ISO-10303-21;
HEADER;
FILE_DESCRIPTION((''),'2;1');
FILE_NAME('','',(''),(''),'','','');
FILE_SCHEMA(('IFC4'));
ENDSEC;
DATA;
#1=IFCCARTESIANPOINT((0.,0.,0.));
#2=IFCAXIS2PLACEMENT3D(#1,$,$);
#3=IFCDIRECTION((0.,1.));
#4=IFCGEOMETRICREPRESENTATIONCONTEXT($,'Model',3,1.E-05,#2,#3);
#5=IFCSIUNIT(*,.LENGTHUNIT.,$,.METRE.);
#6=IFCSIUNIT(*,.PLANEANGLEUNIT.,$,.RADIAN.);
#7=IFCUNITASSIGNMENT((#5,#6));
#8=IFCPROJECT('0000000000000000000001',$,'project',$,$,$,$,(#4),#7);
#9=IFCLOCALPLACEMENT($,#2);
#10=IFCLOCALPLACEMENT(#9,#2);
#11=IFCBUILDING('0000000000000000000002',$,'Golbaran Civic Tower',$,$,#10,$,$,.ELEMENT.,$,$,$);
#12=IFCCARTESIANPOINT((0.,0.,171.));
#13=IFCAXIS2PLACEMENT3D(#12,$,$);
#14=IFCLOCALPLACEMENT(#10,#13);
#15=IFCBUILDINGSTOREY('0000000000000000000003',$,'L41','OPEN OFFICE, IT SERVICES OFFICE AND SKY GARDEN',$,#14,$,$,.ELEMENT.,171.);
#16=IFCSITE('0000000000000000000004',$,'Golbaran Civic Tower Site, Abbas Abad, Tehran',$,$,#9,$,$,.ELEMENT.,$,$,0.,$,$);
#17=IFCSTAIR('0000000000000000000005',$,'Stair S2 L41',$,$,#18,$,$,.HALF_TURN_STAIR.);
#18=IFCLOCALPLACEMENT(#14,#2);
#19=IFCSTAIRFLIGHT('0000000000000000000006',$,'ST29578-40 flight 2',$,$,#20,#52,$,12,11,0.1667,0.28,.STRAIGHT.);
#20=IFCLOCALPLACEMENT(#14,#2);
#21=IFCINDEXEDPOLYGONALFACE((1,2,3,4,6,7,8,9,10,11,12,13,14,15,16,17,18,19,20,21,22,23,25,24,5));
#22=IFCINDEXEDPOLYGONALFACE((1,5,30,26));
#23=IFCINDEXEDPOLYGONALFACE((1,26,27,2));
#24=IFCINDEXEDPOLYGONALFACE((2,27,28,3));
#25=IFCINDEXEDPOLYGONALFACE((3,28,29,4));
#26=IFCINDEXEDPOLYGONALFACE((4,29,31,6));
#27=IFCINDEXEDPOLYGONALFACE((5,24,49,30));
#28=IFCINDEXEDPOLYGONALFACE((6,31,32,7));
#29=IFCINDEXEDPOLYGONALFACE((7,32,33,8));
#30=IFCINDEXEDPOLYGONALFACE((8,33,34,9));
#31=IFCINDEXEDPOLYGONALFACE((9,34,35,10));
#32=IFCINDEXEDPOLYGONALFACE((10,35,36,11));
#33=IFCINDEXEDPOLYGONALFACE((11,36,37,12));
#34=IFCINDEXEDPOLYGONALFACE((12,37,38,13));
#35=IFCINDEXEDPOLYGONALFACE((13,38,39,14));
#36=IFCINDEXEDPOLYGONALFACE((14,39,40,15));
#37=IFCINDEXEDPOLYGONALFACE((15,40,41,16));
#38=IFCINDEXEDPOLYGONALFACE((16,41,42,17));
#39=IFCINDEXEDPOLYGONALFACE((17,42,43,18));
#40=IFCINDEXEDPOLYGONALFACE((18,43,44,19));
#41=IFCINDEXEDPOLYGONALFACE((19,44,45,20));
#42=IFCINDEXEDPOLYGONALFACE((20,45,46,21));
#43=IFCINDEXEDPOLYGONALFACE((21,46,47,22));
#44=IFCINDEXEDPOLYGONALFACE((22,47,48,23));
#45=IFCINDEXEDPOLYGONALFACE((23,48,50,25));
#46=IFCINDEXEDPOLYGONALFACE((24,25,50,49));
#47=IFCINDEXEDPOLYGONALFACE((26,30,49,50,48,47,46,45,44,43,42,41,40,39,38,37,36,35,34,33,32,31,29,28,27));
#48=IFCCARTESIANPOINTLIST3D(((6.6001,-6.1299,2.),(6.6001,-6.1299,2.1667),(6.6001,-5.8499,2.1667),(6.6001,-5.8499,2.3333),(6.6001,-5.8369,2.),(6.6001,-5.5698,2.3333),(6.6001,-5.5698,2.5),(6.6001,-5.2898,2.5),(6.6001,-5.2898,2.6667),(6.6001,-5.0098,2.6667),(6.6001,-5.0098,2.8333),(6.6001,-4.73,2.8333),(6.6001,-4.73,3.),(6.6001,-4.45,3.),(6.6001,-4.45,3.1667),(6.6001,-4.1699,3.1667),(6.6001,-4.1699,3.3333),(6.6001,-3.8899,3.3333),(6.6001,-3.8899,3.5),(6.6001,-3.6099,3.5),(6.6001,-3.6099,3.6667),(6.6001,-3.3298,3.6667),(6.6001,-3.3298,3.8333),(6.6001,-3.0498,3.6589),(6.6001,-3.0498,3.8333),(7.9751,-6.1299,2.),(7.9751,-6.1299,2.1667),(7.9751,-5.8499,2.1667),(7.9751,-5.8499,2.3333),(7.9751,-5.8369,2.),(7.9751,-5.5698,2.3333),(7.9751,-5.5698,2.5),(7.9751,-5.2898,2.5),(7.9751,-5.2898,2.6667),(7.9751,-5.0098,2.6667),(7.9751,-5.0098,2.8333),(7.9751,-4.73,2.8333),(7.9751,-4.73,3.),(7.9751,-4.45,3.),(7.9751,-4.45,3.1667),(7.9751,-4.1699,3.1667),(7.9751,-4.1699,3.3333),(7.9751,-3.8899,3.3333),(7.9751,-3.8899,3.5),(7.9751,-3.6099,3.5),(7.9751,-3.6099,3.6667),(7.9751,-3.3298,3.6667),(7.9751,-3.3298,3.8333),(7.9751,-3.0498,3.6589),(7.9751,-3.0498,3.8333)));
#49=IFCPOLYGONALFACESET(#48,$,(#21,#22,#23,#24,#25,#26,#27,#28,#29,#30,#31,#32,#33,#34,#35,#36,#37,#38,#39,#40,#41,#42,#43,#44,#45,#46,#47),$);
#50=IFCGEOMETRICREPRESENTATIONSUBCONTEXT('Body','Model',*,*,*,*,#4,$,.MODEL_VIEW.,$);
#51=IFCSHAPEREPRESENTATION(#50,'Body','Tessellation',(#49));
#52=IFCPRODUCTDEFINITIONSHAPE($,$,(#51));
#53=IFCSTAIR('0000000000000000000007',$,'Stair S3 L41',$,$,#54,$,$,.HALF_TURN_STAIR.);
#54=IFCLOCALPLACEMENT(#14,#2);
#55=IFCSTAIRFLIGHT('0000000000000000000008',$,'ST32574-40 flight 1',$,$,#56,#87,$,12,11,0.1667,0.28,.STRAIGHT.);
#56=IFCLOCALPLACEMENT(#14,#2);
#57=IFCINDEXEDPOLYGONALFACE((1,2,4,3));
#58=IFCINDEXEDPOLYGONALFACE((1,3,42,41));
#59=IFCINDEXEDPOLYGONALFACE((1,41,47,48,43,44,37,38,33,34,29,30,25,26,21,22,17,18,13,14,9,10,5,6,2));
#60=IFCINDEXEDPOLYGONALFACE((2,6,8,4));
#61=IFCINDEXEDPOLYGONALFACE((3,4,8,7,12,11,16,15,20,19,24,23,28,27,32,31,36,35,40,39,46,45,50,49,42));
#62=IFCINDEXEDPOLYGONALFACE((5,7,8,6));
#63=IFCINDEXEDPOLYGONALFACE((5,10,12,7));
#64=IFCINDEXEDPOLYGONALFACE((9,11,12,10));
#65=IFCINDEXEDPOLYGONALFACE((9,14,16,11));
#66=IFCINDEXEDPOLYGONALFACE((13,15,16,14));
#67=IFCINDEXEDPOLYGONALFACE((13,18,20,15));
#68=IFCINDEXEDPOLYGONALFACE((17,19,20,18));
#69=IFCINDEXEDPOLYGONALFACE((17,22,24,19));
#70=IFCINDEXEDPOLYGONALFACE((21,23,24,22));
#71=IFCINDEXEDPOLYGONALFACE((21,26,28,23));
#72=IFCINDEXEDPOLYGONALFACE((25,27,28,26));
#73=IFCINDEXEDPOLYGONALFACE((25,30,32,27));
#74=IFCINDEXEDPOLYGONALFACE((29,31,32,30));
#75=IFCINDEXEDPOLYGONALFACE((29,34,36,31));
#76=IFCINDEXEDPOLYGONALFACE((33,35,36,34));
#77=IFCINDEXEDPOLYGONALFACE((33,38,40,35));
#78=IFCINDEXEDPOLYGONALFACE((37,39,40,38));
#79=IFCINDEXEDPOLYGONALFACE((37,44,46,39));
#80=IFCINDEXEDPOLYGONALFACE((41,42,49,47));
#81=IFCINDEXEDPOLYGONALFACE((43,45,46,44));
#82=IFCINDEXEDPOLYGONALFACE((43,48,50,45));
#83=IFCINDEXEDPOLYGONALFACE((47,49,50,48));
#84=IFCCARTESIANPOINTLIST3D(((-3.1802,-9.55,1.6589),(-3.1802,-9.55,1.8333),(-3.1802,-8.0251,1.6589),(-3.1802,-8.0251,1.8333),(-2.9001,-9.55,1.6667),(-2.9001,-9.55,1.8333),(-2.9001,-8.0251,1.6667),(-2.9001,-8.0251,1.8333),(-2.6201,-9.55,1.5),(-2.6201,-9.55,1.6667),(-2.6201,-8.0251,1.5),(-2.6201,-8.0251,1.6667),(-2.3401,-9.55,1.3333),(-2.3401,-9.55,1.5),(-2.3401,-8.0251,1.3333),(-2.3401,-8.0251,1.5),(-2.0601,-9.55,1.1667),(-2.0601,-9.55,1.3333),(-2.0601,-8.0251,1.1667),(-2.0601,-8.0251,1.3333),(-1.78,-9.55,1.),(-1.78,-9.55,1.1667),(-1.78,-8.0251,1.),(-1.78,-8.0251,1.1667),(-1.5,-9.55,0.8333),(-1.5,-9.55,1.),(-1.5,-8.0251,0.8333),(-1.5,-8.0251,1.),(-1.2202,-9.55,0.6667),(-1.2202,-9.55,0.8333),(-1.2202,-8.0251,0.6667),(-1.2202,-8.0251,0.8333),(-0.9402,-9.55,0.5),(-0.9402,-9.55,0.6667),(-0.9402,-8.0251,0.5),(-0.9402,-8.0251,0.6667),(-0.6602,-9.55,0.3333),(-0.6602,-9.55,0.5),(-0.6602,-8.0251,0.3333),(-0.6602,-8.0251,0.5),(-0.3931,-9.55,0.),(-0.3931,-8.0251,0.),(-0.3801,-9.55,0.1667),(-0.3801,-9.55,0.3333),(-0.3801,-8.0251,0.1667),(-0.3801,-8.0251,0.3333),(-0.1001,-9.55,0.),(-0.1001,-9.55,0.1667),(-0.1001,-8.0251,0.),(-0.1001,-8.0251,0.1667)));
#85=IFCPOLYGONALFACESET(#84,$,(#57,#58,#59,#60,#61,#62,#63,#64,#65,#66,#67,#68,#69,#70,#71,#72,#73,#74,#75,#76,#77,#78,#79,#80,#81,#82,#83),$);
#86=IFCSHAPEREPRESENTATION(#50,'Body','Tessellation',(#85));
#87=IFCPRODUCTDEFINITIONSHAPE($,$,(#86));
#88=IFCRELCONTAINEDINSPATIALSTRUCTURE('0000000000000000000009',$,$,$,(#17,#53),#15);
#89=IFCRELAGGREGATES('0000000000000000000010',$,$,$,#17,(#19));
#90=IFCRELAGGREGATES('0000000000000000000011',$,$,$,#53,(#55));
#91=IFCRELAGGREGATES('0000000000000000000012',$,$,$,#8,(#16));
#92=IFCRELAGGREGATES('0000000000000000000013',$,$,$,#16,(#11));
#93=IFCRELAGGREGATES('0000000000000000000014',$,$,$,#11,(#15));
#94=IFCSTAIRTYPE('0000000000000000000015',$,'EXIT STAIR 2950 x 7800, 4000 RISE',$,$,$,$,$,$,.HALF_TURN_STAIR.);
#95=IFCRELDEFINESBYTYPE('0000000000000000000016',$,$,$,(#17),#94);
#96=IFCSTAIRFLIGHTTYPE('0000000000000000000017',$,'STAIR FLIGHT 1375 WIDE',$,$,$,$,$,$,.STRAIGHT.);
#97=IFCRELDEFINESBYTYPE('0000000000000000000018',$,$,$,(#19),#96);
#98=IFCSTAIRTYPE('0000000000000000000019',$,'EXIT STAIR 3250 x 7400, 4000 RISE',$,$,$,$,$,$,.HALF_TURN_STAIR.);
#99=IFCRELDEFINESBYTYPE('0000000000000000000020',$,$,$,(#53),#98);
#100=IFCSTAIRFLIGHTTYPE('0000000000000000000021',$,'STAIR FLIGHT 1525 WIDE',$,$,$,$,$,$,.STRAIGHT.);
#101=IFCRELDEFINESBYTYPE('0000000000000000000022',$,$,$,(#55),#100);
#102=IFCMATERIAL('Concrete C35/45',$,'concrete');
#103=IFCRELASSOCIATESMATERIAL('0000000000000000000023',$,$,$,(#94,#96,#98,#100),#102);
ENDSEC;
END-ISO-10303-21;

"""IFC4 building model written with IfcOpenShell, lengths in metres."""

from ifc_helpers import new_model, si_unit, direction, frame, origin, place, context, subcontext, project, spatial, polyline, outline, extrude, material, type_object, element, aggregate, save


model = new_model("IFC4")

# Units and contexts
model_context = context("Model", 3, precision=1e-05, world=origin(), true_north=direction((0.0, 1.0)))
body_context = subcontext(model_context, "Body", "Model", "MODEL_VIEW")
ifc_project = project(units=[si_unit("LENGTHUNIT", "METRE"), si_unit("PLANEANGLEUNIT", "RADIAN")], contexts=[model_context])

# Site, building, storey
site_placement = place(None, origin())
site = spatial("IfcSite", under=ifc_project, at=site_placement, Name="Golbaran Civic Tower Site, Abbas Abad, Tehran", CompositionType="ELEMENT", RefElevation=0.0)
building_placement = place(site_placement, origin())
building = spatial("IfcBuilding", under=site, at=building_placement, Name="Golbaran Civic Tower", CompositionType="ELEMENT")
storey_placement = place(building_placement, frame((0.0, 0.0, 171.0)))
storey = spatial("IfcBuildingStorey", under=building, at=storey_placement, Name="L41", Description="OPEN OFFICE, IT SERVICES OFFICE AND SKY GARDEN", CompositionType="ELEMENT", Elevation=171.0)

# Stair, stair flight
ifc_material_1 = material(Name="Concrete C35/45", Category="concrete")
stair_type_1 = type_object("IfcStairType", Name="EXIT STAIR 2950 x 7800, 4000 RISE", PredefinedType="HALF_TURN_STAIR", material=ifc_material_1)
stair_1_placement = place(storey_placement, origin())
stair_1 = element("IfcStair", 1, at=stair_1_placement, inside=storey, type_object=stair_type_1, Name="Stair S2 L41", PredefinedType="HALF_TURN_STAIR")
stair_flight_type_1 = type_object("IfcStairFlightType", Name="STAIR FLIGHT 1375 WIDE", PredefinedType="STRAIGHT", material=ifc_material_1)
stair_flight_1_placement = place(storey_placement, frame((7.2876, -6.1299, 2.0), z_axis=(0.0, 0.0, 1.0), x_axis=(0.0, 1.0, 0.0)))
stair_flight_1 = element("IfcStairFlight", 2, at=stair_flight_1_placement, type_object=stair_flight_type_1, Name="ST29578-40 flight 2", NumberOfRisers=12, NumberOfTreads=11, PredefinedType="STRAIGHT", RiserHeight=0.1667, TreadLength=0.28, context=body_context, shape_type="SweptSolid", body=[
    extrude(outline(polyline([(0.0, 0.0), (0.0, 0.1667), (0.28, 0.1667), (0.28, 0.3333), (0.5601, 0.3333), (0.5601, 0.5), (0.8401, 0.5), (0.8401, 0.6667), (1.1201, 0.6667), (1.1201, 0.8333), (1.3999, 0.8333), (1.3999, 1.0), (1.6799, 1.0), (1.6799, 1.1667), (1.96, 1.1667), (1.96, 1.3333), (2.24, 1.3333), (2.24, 1.5), (2.52, 1.5), (2.52, 1.6667), (2.8, 1.6667), (2.8, 1.8333), (3.0801, 1.8333), (3.0801, 2.0), (3.0801, 1.6589), (0.293, 0.0), (0.0, 0.0)])), frame((0.0, 0.6875, 0.0), z_axis=(0.0, -1.0, 0.0), x_axis=(1.0, 0.0, 0.0)), (0.0, 0.0, 1.0), 1.375),
])
aggregate(stair_1, [stair_flight_1])

# Stair, stair flight
stair_type_2 = type_object("IfcStairType", Name="EXIT STAIR 3250 x 7400, 4000 RISE", PredefinedType="HALF_TURN_STAIR", material=ifc_material_1)
stair_2_placement = place(storey_placement, origin())
stair_2 = element("IfcStair", 3, at=stair_2_placement, inside=storey, type_object=stair_type_2, Name="Stair S3 L41", PredefinedType="HALF_TURN_STAIR")
stair_flight_type_2 = type_object("IfcStairFlightType", Name="STAIR FLIGHT 1525 WIDE", PredefinedType="STRAIGHT", material=ifc_material_1)
stair_flight_2_placement = place(storey_placement, frame((-0.1001, -8.7876, 0.0), z_axis=(0.0, 0.0, 1.0), x_axis=(-1.0, 0.0, 0.0)))
stair_flight_2 = element("IfcStairFlight", 4, at=stair_flight_2_placement, type_object=stair_flight_type_2, Name="ST32574-40 flight 1", NumberOfRisers=12, NumberOfTreads=11, PredefinedType="STRAIGHT", RiserHeight=0.1667, TreadLength=0.28, context=body_context, shape_type="SweptSolid", body=[
    extrude(outline(polyline([(0.0, 0.0), (0.0, 0.1667), (0.28, 0.1667), (0.28, 0.3333), (0.5601, 0.3333), (0.5601, 0.5), (0.8401, 0.5), (0.8401, 0.6667), (1.1201, 0.6667), (1.1201, 0.8333), (1.3999, 0.8333), (1.3999, 1.0), (1.6799, 1.0), (1.6799, 1.1667), (1.96, 1.1667), (1.96, 1.3333), (2.24, 1.3333), (2.24, 1.5), (2.52, 1.5), (2.52, 1.6667), (2.8, 1.6667), (2.8, 1.8333), (3.0801, 1.8333), (3.0801, 2.0), (3.0801, 1.6589), (0.293, 0.0), (0.0, 0.0)])), frame((0.0, 0.7625, 0.0), z_axis=(0.0, -1.0, 0.0), x_axis=(1.0, 0.0, 0.0)), (0.0, 0.0, 1.0), 1.5249),
])
aggregate(stair_2, [stair_flight_2])

save(model, "model.ifc")
